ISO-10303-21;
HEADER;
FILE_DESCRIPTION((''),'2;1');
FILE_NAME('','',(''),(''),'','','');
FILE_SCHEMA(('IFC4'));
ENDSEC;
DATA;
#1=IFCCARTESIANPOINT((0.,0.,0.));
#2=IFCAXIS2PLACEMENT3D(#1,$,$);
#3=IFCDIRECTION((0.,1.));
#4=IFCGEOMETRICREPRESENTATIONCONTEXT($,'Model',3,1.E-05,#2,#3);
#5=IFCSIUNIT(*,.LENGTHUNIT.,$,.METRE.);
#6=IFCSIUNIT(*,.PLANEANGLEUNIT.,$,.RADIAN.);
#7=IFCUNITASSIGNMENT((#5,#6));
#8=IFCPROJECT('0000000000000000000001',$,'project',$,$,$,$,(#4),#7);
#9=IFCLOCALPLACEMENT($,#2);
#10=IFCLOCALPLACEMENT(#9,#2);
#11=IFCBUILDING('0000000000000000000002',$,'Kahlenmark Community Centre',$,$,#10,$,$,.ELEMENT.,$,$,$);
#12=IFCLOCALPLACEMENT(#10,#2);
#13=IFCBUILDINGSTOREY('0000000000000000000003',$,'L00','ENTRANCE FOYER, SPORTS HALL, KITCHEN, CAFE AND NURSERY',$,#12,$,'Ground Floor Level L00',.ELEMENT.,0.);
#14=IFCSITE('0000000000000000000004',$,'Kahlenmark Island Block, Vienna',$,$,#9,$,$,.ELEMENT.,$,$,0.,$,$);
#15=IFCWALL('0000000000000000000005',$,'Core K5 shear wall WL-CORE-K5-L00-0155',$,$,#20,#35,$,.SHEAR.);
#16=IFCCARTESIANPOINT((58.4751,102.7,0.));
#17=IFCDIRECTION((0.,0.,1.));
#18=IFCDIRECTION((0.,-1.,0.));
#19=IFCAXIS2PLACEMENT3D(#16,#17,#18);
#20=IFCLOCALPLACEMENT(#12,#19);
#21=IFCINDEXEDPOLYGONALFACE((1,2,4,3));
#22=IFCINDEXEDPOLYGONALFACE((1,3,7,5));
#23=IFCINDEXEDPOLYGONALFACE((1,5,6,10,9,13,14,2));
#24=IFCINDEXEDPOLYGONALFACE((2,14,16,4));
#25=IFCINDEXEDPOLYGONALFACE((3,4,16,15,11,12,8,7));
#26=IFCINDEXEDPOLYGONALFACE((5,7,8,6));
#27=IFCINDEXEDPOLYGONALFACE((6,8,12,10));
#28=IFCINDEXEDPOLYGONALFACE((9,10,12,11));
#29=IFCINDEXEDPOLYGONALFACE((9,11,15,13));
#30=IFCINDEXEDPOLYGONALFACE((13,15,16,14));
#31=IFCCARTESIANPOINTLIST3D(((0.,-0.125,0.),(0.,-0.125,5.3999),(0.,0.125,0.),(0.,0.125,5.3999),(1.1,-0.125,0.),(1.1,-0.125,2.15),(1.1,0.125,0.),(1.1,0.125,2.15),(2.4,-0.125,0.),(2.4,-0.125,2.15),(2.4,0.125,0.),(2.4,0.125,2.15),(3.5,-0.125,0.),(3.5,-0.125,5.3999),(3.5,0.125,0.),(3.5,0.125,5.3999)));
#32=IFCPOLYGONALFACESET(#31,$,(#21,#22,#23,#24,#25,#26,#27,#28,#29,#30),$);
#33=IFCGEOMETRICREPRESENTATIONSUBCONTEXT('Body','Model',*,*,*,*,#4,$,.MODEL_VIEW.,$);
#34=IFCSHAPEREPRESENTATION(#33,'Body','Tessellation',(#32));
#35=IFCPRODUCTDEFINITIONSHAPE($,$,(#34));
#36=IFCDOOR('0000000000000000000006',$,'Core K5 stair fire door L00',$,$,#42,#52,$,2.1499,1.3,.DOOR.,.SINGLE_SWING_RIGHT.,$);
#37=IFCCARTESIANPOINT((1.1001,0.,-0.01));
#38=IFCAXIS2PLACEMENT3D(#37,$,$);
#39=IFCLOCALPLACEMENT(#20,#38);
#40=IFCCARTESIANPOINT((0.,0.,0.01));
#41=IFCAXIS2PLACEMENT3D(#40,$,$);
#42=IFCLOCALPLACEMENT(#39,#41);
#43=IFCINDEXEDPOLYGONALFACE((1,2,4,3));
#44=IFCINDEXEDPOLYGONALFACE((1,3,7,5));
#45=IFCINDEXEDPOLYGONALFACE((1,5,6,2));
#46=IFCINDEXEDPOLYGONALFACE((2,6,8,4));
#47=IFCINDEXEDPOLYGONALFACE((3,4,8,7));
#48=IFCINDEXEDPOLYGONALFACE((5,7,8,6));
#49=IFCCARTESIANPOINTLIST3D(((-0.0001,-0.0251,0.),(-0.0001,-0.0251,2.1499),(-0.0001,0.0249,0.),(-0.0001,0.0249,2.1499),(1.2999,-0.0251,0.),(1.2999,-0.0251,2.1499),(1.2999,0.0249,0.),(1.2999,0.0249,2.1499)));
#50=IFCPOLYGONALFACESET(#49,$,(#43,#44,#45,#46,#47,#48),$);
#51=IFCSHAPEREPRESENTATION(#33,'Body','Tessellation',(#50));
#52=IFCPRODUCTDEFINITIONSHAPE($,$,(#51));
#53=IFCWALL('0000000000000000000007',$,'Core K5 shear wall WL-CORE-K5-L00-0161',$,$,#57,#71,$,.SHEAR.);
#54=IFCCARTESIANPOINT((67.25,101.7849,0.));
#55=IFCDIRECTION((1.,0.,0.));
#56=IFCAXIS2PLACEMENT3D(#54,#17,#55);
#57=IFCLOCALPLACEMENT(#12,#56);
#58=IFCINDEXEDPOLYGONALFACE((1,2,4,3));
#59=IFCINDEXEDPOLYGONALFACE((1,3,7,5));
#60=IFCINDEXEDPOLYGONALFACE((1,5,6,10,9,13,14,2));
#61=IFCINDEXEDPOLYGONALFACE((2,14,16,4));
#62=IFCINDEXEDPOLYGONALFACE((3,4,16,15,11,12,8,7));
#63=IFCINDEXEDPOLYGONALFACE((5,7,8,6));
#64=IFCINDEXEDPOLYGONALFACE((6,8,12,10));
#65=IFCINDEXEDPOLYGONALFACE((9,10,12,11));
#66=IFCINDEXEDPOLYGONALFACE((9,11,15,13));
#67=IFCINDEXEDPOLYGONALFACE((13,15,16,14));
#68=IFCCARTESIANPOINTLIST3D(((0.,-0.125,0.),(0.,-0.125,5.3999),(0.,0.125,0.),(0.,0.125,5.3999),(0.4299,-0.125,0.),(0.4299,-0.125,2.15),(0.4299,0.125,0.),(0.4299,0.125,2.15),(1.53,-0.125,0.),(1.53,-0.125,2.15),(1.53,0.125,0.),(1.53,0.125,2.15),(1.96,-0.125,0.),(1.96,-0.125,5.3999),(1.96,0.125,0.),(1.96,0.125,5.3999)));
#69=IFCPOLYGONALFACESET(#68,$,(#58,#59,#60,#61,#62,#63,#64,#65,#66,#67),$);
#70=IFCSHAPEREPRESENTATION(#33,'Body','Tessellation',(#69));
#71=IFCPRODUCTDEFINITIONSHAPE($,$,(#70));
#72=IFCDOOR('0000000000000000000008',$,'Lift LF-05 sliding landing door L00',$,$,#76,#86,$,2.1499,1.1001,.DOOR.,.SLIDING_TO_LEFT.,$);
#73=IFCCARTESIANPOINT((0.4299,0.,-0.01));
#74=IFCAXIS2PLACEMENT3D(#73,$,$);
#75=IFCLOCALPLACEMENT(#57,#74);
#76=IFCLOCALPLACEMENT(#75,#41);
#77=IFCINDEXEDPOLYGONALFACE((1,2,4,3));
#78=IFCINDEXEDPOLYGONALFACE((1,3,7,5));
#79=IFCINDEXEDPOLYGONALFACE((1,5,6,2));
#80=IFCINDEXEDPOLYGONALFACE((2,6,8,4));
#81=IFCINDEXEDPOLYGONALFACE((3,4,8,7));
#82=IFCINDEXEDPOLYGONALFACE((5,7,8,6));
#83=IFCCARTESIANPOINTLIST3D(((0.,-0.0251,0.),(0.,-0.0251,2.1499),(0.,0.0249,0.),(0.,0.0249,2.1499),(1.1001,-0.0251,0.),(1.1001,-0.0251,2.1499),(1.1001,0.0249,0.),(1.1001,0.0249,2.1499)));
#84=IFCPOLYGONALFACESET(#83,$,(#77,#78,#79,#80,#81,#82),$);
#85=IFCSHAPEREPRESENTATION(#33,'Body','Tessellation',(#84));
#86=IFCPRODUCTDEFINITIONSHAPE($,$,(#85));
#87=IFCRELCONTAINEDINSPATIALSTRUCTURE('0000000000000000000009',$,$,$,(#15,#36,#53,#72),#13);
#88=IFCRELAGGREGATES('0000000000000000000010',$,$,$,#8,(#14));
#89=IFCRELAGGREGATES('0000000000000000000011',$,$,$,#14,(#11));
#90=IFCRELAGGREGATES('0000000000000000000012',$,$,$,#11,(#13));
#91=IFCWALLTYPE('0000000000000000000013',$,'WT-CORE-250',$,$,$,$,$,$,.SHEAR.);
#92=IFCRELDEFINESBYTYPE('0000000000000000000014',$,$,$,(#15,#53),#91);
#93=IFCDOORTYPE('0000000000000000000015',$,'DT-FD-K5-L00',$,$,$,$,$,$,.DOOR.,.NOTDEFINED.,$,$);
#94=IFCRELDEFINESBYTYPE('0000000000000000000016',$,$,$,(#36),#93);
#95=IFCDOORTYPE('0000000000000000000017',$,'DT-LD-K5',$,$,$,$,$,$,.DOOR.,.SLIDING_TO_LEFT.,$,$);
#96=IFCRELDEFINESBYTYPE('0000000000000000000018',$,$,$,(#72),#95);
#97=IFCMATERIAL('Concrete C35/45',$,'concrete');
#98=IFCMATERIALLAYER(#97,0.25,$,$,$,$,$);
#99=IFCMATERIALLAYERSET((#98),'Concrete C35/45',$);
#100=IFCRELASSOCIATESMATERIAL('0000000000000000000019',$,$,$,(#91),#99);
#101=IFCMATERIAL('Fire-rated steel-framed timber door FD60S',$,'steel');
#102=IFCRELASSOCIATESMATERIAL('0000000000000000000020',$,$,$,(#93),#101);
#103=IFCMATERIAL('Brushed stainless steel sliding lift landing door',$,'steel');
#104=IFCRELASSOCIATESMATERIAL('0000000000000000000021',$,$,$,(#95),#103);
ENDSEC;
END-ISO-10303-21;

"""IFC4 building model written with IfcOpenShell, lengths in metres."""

from ifc_helpers import new_model, si_unit, direction, frame, frame_2d, origin, place, context, subcontext, project, spatial, rectangle, extrude, material, layer, layer_set, type_object, element, fill, save


model = new_model("IFC4")

# Units and contexts
model_context = context("Model", 3, precision=1e-05, world=origin(), true_north=direction((0.0, 1.0)))
body_context = subcontext(model_context, "Body", "Model", "MODEL_VIEW")
ifc_project = project(units=[si_unit("LENGTHUNIT", "METRE"), si_unit("PLANEANGLEUNIT", "RADIAN")], contexts=[model_context])

# Site, building, storey
site_placement = place(None, origin())
site = spatial("IfcSite", under=ifc_project, at=site_placement, Name="Kahlenmark Island Block, Vienna", CompositionType="ELEMENT", RefElevation=0.0)
building_placement = place(site_placement, origin())
building = spatial("IfcBuilding", under=site, at=building_placement, Name="Kahlenmark Community Centre", CompositionType="ELEMENT")
storey_placement = place(building_placement, origin())
storey = spatial("IfcBuildingStorey", under=building, at=storey_placement, Name="L00", Description="ENTRANCE FOYER, SPORTS HALL, KITCHEN, CAFE AND NURSERY", LongName="Ground Floor Level L00", CompositionType="ELEMENT", Elevation=0.0)

# Shared definitions
ifc_material_1 = material(Name="Concrete C35/45", Category="concrete")

# Walls, openings, doors
ifc_layer_1 = layer(ifc_material_1, 0.25)
ifc_layer_set_1 = layer_set([ifc_layer_1], Name="Concrete C35/45")
wall_type_1 = type_object("IfcWallType", Name="WT-CORE-250", PredefinedType="SHEAR", material=ifc_layer_set_1)
wall_1_placement = place(storey_placement, frame((58.4751, 102.7, 0.0), z_axis=(0.0, 0.0, 1.0), x_axis=(0.0, -1.0, 0.0)))
wall_1 = element("IfcWall", 1, at=wall_1_placement, inside=storey, type_object=wall_type_1, Name="Core K5 shear wall WL-CORE-K5-L00-0155", PredefinedType="SHEAR", context=body_context, shape_type="SweptSolid", body=[
    extrude(rectangle(XDim=3.5, YDim=0.25, at=frame_2d((1.75, 0.0))), origin(), (0.0, 0.0, 1.0), 5.3999),
])
opening_1_placement = place(wall_1_placement, frame((1.1001, 0.0, -0.01)))
opening_1 = element("IfcOpeningElement", 2, at=opening_1_placement, cuts=wall_1, PredefinedType="OPENING", context=body_context, shape_type="SweptSolid", body=[
    extrude(rectangle(XDim=1.3, YDim=2.1599, at=frame_2d((0.6499, 1.0801))), frame((0.0, 0.135, 0.0), z_axis=(0.0, -1.0, 0.0), x_axis=(1.0, 0.0, 0.0)), (0.0, 0.0, 1.0), 0.27),
])
ifc_material_2 = material(Name="Fire-rated steel-framed timber door FD60S", Category="steel")
door_type_1 = type_object("IfcDoorType", Name="DT-FD-K5-L00", OperationType="NOTDEFINED", PredefinedType="DOOR", material=ifc_material_2)
door_1_placement = place(opening_1_placement, frame((0.0, 0.0, 0.01)))
door_1 = element("IfcDoor", 3, at=door_1_placement, inside=storey, type_object=door_type_1, Name="Core K5 stair fire door L00", OperationType="SINGLE_SWING_RIGHT", OverallHeight=2.1499, OverallWidth=1.3, PredefinedType="DOOR", context=body_context, shape_type="SweptSolid", body=[
    extrude(rectangle(XDim=1.3, YDim=2.1499, at=frame_2d((0.6499, 1.075))), frame((0.0, 0.0249, 0.0), z_axis=(0.0, -1.0, 0.0), x_axis=(1.0, 0.0, 0.0)), (0.0, 0.0, 1.0), 0.05),
])
fill(opening_1, door_1)
wall_2_placement = place(storey_placement, frame((67.25, 101.7849, 0.0), z_axis=(0.0, 0.0, 1.0), x_axis=(1.0, 0.0, 0.0)))
wall_2 = element("IfcWall", 4, at=wall_2_placement, inside=storey, type_object=wall_type_1, Name="Core K5 shear wall WL-CORE-K5-L00-0161", PredefinedType="SHEAR", context=body_context, shape_type="SweptSolid", body=[
    extrude(rectangle(XDim=1.96, YDim=0.25, at=frame_2d((0.98, 0.0))), origin(), (0.0, 0.0, 1.0), 5.3999),
])
opening_2_placement = place(wall_2_placement, frame((0.4299, 0.0, -0.01)))
opening_2 = element("IfcOpeningElement", 5, at=opening_2_placement, cuts=wall_2, PredefinedType="OPENING", context=body_context, shape_type="SweptSolid", body=[
    extrude(rectangle(XDim=1.1001, YDim=2.1599, at=frame_2d((0.55, 1.0801))), frame((0.0, 0.135, 0.0), z_axis=(0.0, -1.0, 0.0), x_axis=(1.0, 0.0, 0.0)), (0.0, 0.0, 1.0), 0.27),
])
ifc_material_3 = material(Name="Brushed stainless steel sliding lift landing door", Category="steel")
door_type_2 = type_object("IfcDoorType", Name="DT-LD-K5", OperationType="SLIDING_TO_LEFT", PredefinedType="DOOR", material=ifc_material_3)
door_2_placement = place(opening_2_placement, frame((0.0, 0.0, 0.01)))
door_2 = element("IfcDoor", 6, at=door_2_placement, inside=storey, type_object=door_type_2, Name="Lift LF-05 sliding landing door L00", OperationType="SLIDING_TO_LEFT", OverallHeight=2.1499, OverallWidth=1.1001, PredefinedType="DOOR", context=body_context, shape_type="SweptSolid", body=[
    extrude(rectangle(XDim=1.1001, YDim=2.1499, at=frame_2d((0.55, 1.075))), frame((0.0, 0.0249, 0.0), z_axis=(0.0, -1.0, 0.0), x_axis=(1.0, 0.0, 0.0)), (0.0, 0.0, 1.0), 0.05),
])
fill(opening_2, door_2)

save(model, "model.ifc")
